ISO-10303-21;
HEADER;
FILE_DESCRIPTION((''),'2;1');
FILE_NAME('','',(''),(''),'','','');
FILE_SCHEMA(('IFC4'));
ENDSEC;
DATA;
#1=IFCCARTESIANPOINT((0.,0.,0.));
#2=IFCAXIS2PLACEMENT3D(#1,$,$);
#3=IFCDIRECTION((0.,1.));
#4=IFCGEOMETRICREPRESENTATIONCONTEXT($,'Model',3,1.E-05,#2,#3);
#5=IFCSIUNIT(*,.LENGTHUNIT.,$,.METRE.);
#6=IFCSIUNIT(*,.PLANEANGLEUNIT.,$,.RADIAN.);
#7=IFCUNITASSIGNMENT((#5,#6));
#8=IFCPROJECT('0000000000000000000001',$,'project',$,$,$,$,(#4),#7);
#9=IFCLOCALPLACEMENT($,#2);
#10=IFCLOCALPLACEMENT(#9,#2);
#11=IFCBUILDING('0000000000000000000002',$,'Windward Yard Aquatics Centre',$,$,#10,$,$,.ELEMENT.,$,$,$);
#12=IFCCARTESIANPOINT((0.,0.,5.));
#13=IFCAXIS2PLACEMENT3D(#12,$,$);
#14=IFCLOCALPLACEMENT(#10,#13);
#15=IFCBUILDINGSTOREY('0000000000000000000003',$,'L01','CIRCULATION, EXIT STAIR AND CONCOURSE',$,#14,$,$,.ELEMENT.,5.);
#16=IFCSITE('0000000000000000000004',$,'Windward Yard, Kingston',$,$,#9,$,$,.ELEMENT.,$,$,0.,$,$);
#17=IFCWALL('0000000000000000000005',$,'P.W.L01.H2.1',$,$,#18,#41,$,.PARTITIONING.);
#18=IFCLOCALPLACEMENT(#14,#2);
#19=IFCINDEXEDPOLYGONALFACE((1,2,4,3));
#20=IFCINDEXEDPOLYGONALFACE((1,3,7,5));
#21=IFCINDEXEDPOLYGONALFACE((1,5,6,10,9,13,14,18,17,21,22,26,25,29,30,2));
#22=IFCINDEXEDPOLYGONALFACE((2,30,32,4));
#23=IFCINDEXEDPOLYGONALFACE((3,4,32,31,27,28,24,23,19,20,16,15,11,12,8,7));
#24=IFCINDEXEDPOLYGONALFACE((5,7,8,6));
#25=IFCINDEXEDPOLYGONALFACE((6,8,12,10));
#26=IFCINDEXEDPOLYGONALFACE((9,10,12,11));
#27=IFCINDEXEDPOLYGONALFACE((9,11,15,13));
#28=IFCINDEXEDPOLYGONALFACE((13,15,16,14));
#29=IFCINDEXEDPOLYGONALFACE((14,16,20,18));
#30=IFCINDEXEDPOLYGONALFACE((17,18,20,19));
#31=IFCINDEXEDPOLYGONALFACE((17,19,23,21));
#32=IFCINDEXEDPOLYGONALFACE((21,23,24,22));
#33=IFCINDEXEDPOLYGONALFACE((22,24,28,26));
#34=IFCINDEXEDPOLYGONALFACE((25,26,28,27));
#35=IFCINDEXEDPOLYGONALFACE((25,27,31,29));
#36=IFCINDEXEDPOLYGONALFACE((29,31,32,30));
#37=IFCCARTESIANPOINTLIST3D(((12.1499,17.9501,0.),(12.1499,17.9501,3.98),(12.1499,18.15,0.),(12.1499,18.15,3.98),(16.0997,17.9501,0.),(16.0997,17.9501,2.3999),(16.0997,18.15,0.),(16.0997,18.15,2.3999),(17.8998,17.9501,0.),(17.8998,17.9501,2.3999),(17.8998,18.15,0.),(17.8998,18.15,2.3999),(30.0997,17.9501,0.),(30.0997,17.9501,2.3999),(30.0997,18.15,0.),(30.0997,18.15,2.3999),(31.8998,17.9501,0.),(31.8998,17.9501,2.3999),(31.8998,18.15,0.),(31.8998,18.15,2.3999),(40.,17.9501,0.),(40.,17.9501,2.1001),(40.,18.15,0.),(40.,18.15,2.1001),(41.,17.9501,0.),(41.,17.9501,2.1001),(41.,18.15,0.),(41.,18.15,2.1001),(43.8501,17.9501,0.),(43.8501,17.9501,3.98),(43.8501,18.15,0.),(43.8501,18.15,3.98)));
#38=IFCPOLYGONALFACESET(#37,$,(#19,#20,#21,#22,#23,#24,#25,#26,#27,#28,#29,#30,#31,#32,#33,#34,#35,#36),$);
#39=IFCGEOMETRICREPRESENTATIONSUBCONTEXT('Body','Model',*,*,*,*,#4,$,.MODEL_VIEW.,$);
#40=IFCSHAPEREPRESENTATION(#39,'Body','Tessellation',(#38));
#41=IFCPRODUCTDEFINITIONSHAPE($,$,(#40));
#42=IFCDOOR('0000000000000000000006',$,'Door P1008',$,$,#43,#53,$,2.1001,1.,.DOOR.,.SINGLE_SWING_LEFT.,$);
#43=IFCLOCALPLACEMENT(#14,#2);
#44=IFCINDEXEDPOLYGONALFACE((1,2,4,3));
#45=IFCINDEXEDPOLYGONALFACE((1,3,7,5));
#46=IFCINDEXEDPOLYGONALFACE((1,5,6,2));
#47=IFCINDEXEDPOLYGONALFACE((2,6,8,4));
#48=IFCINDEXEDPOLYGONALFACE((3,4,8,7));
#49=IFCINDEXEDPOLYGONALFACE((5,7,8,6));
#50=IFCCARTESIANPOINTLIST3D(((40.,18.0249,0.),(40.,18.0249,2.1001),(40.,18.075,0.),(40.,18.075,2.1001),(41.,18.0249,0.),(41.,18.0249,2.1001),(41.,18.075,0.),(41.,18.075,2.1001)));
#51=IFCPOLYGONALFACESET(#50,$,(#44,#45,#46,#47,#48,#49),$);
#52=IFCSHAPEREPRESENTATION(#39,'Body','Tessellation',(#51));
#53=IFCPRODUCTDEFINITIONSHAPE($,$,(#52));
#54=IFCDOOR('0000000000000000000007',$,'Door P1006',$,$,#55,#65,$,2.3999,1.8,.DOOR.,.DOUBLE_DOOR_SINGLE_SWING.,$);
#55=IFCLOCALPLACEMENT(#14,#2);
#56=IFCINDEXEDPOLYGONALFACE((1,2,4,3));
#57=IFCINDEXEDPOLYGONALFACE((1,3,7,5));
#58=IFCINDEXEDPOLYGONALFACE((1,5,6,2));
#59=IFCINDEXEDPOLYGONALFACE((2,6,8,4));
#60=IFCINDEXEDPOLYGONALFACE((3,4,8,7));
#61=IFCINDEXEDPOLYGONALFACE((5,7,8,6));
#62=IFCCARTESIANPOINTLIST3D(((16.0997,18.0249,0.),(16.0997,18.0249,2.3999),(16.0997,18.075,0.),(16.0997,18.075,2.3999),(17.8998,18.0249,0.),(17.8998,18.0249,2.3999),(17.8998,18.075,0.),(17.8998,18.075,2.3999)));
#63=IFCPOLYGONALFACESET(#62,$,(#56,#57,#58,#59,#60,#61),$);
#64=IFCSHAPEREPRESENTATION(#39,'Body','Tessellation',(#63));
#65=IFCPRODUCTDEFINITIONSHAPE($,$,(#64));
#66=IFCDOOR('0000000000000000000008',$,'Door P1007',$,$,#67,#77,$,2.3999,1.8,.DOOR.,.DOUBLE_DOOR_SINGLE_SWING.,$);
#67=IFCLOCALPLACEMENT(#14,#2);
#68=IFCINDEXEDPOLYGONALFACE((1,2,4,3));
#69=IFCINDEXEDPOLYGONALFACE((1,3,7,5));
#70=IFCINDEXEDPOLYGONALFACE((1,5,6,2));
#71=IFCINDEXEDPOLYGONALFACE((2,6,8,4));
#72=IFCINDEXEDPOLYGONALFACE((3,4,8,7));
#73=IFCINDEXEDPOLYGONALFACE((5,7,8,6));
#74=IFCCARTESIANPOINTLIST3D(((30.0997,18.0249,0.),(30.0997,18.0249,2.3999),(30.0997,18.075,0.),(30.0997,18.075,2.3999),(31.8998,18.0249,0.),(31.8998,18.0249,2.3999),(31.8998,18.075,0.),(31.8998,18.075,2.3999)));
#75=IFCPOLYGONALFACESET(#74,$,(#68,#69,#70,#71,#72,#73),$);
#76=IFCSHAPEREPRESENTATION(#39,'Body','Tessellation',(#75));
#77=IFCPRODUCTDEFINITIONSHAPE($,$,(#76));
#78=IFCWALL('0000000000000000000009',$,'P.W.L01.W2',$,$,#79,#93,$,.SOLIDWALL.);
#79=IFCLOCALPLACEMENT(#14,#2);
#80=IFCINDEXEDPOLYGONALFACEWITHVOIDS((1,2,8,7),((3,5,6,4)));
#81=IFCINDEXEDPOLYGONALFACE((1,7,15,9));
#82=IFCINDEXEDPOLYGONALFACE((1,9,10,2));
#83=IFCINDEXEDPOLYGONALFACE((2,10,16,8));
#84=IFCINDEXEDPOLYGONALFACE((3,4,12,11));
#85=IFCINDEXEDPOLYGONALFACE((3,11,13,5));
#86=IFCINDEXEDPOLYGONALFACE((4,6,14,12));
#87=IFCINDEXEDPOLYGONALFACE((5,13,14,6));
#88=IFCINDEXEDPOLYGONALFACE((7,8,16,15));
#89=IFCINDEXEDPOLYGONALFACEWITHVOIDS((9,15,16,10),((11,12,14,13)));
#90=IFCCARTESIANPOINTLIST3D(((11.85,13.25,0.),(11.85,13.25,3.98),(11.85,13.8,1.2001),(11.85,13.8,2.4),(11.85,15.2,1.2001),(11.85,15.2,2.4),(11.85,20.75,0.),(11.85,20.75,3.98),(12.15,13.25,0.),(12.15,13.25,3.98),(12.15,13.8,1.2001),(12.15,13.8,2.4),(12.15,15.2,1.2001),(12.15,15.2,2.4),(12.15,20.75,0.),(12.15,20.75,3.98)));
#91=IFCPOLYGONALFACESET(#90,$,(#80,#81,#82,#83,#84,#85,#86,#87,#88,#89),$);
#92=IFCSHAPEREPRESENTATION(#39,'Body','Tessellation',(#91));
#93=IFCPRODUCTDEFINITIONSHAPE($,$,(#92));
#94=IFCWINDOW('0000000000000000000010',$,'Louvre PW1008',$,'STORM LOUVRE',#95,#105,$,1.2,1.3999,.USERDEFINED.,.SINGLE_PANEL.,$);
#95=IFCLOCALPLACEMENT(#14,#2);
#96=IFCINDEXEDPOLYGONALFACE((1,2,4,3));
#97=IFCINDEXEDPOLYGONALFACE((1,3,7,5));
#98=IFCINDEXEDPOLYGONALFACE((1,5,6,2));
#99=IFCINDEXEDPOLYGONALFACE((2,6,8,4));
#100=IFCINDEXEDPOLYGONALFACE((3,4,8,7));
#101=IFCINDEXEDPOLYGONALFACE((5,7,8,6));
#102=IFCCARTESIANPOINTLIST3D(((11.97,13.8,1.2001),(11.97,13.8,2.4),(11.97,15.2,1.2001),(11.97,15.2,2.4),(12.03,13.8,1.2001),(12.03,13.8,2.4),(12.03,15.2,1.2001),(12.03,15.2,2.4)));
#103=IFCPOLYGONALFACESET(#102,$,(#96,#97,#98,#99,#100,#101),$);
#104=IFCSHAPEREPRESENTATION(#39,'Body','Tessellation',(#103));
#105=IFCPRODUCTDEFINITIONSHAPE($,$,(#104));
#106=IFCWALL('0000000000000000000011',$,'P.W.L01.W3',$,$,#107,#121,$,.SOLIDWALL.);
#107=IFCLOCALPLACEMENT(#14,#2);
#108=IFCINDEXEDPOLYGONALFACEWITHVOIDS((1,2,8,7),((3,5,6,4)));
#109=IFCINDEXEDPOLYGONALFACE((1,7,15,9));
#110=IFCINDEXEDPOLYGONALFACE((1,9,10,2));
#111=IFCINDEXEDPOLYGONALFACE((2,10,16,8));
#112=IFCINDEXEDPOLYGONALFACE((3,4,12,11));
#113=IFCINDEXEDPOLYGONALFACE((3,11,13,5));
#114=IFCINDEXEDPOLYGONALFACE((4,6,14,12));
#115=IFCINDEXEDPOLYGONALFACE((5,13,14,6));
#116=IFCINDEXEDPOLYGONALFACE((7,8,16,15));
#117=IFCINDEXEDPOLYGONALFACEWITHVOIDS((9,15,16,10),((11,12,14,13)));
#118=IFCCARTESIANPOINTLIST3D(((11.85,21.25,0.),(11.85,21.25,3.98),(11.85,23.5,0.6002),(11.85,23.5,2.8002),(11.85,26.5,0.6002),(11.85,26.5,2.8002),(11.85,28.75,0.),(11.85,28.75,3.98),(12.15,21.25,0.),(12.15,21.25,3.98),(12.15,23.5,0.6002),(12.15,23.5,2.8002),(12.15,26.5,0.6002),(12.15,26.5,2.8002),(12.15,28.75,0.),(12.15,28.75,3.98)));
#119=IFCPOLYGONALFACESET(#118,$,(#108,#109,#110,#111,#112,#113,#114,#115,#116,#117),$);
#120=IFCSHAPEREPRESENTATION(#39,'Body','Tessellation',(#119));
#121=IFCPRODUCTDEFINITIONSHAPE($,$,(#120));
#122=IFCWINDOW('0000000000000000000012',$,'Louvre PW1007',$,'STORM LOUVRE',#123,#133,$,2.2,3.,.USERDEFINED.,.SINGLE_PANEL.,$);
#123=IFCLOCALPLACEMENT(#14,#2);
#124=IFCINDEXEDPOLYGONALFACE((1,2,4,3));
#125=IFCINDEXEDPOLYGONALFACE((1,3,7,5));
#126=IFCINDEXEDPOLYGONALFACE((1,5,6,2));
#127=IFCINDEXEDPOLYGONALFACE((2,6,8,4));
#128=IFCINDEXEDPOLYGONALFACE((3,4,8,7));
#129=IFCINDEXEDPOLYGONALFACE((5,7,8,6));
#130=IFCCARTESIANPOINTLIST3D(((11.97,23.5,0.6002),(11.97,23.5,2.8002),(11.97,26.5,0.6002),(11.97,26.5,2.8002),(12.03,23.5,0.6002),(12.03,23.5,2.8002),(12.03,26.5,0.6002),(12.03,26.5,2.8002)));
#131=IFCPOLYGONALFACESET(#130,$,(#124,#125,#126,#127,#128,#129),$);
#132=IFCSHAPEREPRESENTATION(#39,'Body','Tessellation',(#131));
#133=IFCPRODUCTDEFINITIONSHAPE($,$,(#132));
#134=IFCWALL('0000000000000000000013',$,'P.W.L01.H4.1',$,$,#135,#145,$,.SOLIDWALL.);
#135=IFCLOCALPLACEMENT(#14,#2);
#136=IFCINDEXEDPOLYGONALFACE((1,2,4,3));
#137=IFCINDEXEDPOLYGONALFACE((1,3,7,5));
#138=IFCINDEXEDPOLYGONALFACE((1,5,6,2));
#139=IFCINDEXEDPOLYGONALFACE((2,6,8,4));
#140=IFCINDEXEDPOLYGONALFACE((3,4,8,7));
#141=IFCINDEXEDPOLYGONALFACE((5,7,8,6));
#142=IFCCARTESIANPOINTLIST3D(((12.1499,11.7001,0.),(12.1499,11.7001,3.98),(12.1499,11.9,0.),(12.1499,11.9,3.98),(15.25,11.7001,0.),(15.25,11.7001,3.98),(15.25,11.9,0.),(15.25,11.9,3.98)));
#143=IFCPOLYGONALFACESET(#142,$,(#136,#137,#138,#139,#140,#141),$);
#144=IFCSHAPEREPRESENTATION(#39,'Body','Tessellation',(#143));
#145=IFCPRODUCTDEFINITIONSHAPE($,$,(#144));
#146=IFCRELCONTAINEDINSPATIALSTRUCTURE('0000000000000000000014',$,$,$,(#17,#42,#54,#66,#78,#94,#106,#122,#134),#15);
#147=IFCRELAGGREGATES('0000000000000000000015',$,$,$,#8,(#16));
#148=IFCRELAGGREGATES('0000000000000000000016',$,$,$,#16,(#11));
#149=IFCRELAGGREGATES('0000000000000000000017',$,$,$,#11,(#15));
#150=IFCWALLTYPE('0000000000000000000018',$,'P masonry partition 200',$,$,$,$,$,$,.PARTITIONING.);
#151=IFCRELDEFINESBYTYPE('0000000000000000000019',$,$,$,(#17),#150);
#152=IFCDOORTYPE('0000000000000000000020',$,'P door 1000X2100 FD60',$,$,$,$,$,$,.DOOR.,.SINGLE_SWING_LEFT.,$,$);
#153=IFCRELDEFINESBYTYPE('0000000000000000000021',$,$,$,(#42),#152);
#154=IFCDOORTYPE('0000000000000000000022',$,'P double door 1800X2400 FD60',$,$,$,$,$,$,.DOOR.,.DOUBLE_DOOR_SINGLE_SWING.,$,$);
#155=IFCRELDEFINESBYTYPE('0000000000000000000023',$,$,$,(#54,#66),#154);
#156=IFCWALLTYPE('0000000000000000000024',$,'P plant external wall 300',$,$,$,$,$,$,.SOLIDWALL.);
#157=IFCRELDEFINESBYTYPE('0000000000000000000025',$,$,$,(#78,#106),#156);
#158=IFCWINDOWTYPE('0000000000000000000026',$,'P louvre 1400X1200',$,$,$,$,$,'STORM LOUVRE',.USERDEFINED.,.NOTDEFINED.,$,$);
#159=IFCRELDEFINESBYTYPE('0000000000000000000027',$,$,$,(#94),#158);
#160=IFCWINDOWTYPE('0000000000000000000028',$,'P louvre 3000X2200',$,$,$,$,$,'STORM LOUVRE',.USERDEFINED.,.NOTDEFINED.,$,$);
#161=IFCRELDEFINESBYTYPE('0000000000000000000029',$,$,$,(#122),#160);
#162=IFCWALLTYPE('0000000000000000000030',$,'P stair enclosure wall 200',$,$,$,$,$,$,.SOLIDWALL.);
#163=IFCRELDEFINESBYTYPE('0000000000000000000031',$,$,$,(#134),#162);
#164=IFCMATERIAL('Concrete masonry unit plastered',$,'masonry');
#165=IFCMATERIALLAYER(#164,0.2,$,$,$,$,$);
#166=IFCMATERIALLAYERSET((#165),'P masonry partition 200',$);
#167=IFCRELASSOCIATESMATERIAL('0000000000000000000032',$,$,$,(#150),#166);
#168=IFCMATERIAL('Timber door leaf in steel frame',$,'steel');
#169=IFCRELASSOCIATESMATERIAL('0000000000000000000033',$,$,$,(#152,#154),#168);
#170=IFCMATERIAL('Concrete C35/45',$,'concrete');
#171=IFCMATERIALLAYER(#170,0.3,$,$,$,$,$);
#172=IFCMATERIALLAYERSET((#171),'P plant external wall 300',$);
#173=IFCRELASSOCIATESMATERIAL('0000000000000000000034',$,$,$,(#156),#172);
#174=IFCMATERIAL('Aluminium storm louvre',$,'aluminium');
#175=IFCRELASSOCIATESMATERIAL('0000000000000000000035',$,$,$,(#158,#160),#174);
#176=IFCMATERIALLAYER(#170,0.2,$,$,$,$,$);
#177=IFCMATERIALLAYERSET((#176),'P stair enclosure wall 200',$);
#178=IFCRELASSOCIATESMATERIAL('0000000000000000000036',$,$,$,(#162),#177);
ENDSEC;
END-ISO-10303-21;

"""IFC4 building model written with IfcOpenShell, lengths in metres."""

from ifc_helpers import new_model, si_unit, direction, frame, frame_2d, origin, place, context, subcontext, project, spatial, rectangle, extrude, material, layer, layer_set, type_object, element, fill, save


model = new_model("IFC4")

# Units and contexts
model_context = context("Model", 3, precision=1e-05, world=origin(), true_north=direction((0.0, 1.0)))
body_context = subcontext(model_context, "Body", "Model", "MODEL_VIEW")
ifc_project = project(units=[si_unit("LENGTHUNIT", "METRE"), si_unit("PLANEANGLEUNIT", "RADIAN")], contexts=[model_context])

# Site, building, storey
site_placement = place(None, origin())
site = spatial("IfcSite", under=ifc_project, at=site_placement, Name="Windward Yard, Kingston", CompositionType="ELEMENT", RefElevation=0.0)
building_placement = place(site_placement, origin())
building = spatial("IfcBuilding", under=site, at=building_placement, Name="Windward Yard Aquatics Centre", CompositionType="ELEMENT")
storey_placement = place(building_placement, frame((0.0, 0.0, 5.0)))
storey = spatial("IfcBuildingStorey", under=building, at=storey_placement, Name="L01", Description="CIRCULATION, EXIT STAIR AND CONCOURSE", CompositionType="ELEMENT", Elevation=5.0)

# Shared definitions
ifc_material_1 = material(Name="Concrete C35/45", Category="concrete")

# Wall, openings, doors
ifc_material_2 = material(Name="Concrete masonry unit plastered", Category="masonry")
ifc_layer_1 = layer(ifc_material_2, 0.2)
ifc_layer_set_1 = layer_set([ifc_layer_1], Name="P masonry partition 200")
wall_type_1 = type_object("IfcWallType", Name="P masonry partition 200", PredefinedType="PARTITIONING", material=ifc_layer_set_1)
ifc_material_3 = material(Name="Timber door leaf in steel frame", Category="steel")
door_type_1 = type_object("IfcDoorType", Name="P door 1000X2100 FD60", OperationType="SINGLE_SWING_LEFT", PredefinedType="DOOR", material=ifc_material_3)
door_type_2 = type_object("IfcDoorType", Name="P double door 1800X2400 FD60", OperationType="DOUBLE_DOOR_SINGLE_SWING", PredefinedType="DOOR", material=ifc_material_3)
wall_1_placement = place(storey_placement, frame((12.1499, 18.05, 0.0), z_axis=(0.0, 0.0, 1.0), x_axis=(1.0, 0.0, 0.0)))
wall_1 = element("IfcWall", 1, at=wall_1_placement, inside=storey, type_object=wall_type_1, Name="P.W.L01.H2.1", PredefinedType="PARTITIONING", context=body_context, shape_type="SweptSolid", body=[
    extrude(rectangle(XDim=31.7002, YDim=0.2, at=frame_2d((15.8501, 0.0))), origin(), (0.0, 0.0, 1.0), 3.98),
])
opening_1_placement = place(wall_1_placement, frame((3.95, 0.0, 0.0)))
opening_1 = element("IfcOpeningElement", 2, at=opening_1_placement, cuts=wall_1, PredefinedType="OPENING", context=body_context, shape_type="SweptSolid", body=[
    extrude(rectangle(XDim=1.8, YDim=2.3999, at=frame_2d((0.8999, 1.2))), frame((0.0, 0.1099, 0.0), z_axis=(0.0, -1.0, 0.0), x_axis=(1.0, 0.0, 0.0)), (0.0, 0.0, 1.0), 0.22),
])
opening_2_placement = place(wall_1_placement, frame((17.95, 0.0, 0.0)))
opening_2 = element("IfcOpeningElement", 3, at=opening_2_placement, cuts=wall_1, PredefinedType="OPENING", context=body_context, shape_type="SweptSolid", body=[
    extrude(rectangle(XDim=1.8, YDim=2.3999, at=frame_2d((0.8999, 1.2))), frame((0.0, 0.1099, 0.0), z_axis=(0.0, -1.0, 0.0), x_axis=(1.0, 0.0, 0.0)), (0.0, 0.0, 1.0), 0.22),
])
opening_3_placement = place(wall_1_placement, frame((27.8501, 0.0, 0.0)))
opening_3 = element("IfcOpeningElement", 4, at=opening_3_placement, cuts=wall_1, PredefinedType="OPENING", context=body_context, shape_type="SweptSolid", body=[
    extrude(rectangle(XDim=1.0, YDim=2.1001, at=frame_2d((0.5, 1.05))), frame((0.0, 0.1099, 0.0), z_axis=(0.0, -1.0, 0.0), x_axis=(1.0, 0.0, 0.0)), (0.0, 0.0, 1.0), 0.22),
])
door_1_placement = place(opening_3_placement, origin())
door_1 = element("IfcDoor", 5, at=door_1_placement, inside=storey, type_object=door_type_1, Name="Door P1008", OperationType="SINGLE_SWING_LEFT", OverallHeight=2.1001, OverallWidth=1.0, PredefinedType="DOOR", context=body_context, shape_type="SweptSolid", body=[
    extrude(rectangle(XDim=1.0, YDim=2.1001, at=frame_2d((0.5, 1.05))), frame((0.0, 0.0249, 0.0), z_axis=(0.0, -1.0, 0.0), x_axis=(1.0, 0.0, 0.0)), (0.0, 0.0, 1.0), 0.05),
])
fill(opening_3, door_1)
door_2_placement = place(opening_1_placement, origin())
door_2 = element("IfcDoor", 6, at=door_2_placement, inside=storey, type_object=door_type_2, Name="Door P1006", OperationType="DOUBLE_DOOR_SINGLE_SWING", OverallHeight=2.3999, OverallWidth=1.8, PredefinedType="DOOR", context=body_context, shape_type="SweptSolid", body=[
    extrude(rectangle(XDim=1.8, YDim=2.3999, at=frame_2d((0.8999, 1.2))), frame((0.0, 0.0249, 0.0), z_axis=(0.0, -1.0, 0.0), x_axis=(1.0, 0.0, 0.0)), (0.0, 0.0, 1.0), 0.05),
])
fill(opening_1, door_2)
door_3_placement = place(opening_2_placement, origin())
door_3 = element("IfcDoor", 7, at=door_3_placement, inside=storey, type_object=door_type_2, Name="Door P1007", OperationType="DOUBLE_DOOR_SINGLE_SWING", OverallHeight=2.3999, OverallWidth=1.8, PredefinedType="DOOR", context=body_context, shape_type="SweptSolid", body=[
    extrude(rectangle(XDim=1.8, YDim=2.3999, at=frame_2d((0.8999, 1.2))), frame((0.0, 0.0249, 0.0), z_axis=(0.0, -1.0, 0.0), x_axis=(1.0, 0.0, 0.0)), (0.0, 0.0, 1.0), 0.05),
])
fill(opening_2, door_3)

# Walls, openings, windows
ifc_layer_2 = layer(ifc_material_1, 0.3)
ifc_layer_set_2 = layer_set([ifc_layer_2], Name="P plant external wall 300")
wall_type_2 = type_object("IfcWallType", Name="P plant external wall 300", PredefinedType="SOLIDWALL", material=ifc_layer_set_2)
wall_2_placement = place(storey_placement, frame((12.0, 13.25, 0.0), z_axis=(0.0, 0.0, 1.0), x_axis=(0.0, 1.0, 0.0)))
wall_2 = element("IfcWall", 8, at=wall_2_placement, inside=storey, type_object=wall_type_2, Name="P.W.L01.W2", PredefinedType="SOLIDWALL", context=body_context, shape_type="SweptSolid", body=[
    extrude(rectangle(XDim=7.5, YDim=0.3, at=frame_2d((3.75, 0.0))), origin(), (0.0, 0.0, 1.0), 3.98),
])
opening_4_placement = place(wall_2_placement, frame((0.55, 0.0, 1.2)))
opening_4 = element("IfcOpeningElement", 9, at=opening_4_placement, cuts=wall_2, PredefinedType="OPENING", context=body_context, shape_type="SweptSolid", body=[
    extrude(rectangle(XDim=1.3999, YDim=1.2, at=frame_2d((0.7, 0.6001))), frame((0.0, 0.1602, 0.0), z_axis=(0.0, -1.0, 0.0), x_axis=(1.0, 0.0, 0.0)), (0.0, 0.0, 1.0), 0.3201),
])
ifc_material_4 = material(Name="Aluminium storm louvre", Category="aluminium")
window_type_1 = type_object("IfcWindowType", Name="P louvre 1400X1200", ElementType="STORM LOUVRE", PartitioningType="NOTDEFINED", PredefinedType="USERDEFINED", material=ifc_material_4)
window_1_placement = place(opening_4_placement, origin())
window_1 = element("IfcWindow", 10, at=window_1_placement, inside=storey, type_object=window_type_1, Name="Louvre PW1008", ObjectType="STORM LOUVRE", OverallHeight=1.2, OverallWidth=1.3999, PartitioningType="SINGLE_PANEL", PredefinedType="USERDEFINED", context=body_context, shape_type="SweptSolid", body=[
    extrude(rectangle(XDim=1.3999, YDim=1.2, at=frame_2d((0.7, 0.6001))), frame((0.0, 0.03, 0.0), z_axis=(0.0, -1.0, 0.0), x_axis=(1.0, 0.0, 0.0)), (0.0, 0.0, 1.0), 0.0601),
])
fill(opening_4, window_1)
wall_3_placement = place(storey_placement, frame((12.0, 21.25, 0.0), z_axis=(0.0, 0.0, 1.0), x_axis=(0.0, 1.0, 0.0)))
wall_3 = element("IfcWall", 11, at=wall_3_placement, inside=storey, type_object=wall_type_2, Name="P.W.L01.W3", PredefinedType="SOLIDWALL", context=body_context, shape_type="SweptSolid", body=[
    extrude(rectangle(XDim=7.5, YDim=0.3, at=frame_2d((3.75, 0.0))), origin(), (0.0, 0.0, 1.0), 3.98),
])
opening_5_placement = place(wall_3_placement, frame((2.25, 0.0, 0.6001)))
opening_5 = element("IfcOpeningElement", 12, at=opening_5_placement, cuts=wall_3, PredefinedType="OPENING", context=body_context, shape_type="SweptSolid", body=[
    extrude(rectangle(XDim=3.0, YDim=2.2, at=frame_2d((1.5, 1.1001))), frame((0.0, 0.1602, 0.0), z_axis=(0.0, -1.0, 0.0), x_axis=(1.0, 0.0, 0.0)), (0.0, 0.0, 1.0), 0.3201),
])
window_type_2 = type_object("IfcWindowType", Name="P louvre 3000X2200", ElementType="STORM LOUVRE", PartitioningType="NOTDEFINED", PredefinedType="USERDEFINED", material=ifc_material_4)
window_2_placement = place(opening_5_placement, origin())
window_2 = element("IfcWindow", 13, at=window_2_placement, inside=storey, type_object=window_type_2, Name="Louvre PW1007", ObjectType="STORM LOUVRE", OverallHeight=2.2, OverallWidth=3.0, PartitioningType="SINGLE_PANEL", PredefinedType="USERDEFINED", context=body_context, shape_type="SweptSolid", body=[
    extrude(rectangle(XDim=3.0, YDim=2.2, at=frame_2d((1.5, 1.1001))), frame((0.0, 0.03, 0.0), z_axis=(0.0, -1.0, 0.0), x_axis=(1.0, 0.0, 0.0)), (0.0, 0.0, 1.0), 0.0601),
])
fill(opening_5, window_2)

# Wall
ifc_layer_3 = layer(ifc_material_1, 0.2)
ifc_layer_set_3 = layer_set([ifc_layer_3], Name="P stair enclosure wall 200")
wall_type_3 = type_object("IfcWallType", Name="P stair enclosure wall 200", PredefinedType="SOLIDWALL", material=ifc_layer_set_3)
wall_4_placement = place(storey_placement, frame((12.1499, 11.8, 0.0), z_axis=(0.0, 0.0, 1.0), x_axis=(1.0, 0.0, 0.0)))
element("IfcWall", 14, at=wall_4_placement, inside=storey, type_object=wall_type_3, Name="P.W.L01.H4.1", PredefinedType="SOLIDWALL", context=body_context, shape_type="SweptSolid", body=[
    extrude(rectangle(XDim=3.1001, YDim=0.2, at=frame_2d((1.55, 0.0))), origin(), (0.0, 0.0, 1.0), 3.98),
])

save(model, "model.ifc")
